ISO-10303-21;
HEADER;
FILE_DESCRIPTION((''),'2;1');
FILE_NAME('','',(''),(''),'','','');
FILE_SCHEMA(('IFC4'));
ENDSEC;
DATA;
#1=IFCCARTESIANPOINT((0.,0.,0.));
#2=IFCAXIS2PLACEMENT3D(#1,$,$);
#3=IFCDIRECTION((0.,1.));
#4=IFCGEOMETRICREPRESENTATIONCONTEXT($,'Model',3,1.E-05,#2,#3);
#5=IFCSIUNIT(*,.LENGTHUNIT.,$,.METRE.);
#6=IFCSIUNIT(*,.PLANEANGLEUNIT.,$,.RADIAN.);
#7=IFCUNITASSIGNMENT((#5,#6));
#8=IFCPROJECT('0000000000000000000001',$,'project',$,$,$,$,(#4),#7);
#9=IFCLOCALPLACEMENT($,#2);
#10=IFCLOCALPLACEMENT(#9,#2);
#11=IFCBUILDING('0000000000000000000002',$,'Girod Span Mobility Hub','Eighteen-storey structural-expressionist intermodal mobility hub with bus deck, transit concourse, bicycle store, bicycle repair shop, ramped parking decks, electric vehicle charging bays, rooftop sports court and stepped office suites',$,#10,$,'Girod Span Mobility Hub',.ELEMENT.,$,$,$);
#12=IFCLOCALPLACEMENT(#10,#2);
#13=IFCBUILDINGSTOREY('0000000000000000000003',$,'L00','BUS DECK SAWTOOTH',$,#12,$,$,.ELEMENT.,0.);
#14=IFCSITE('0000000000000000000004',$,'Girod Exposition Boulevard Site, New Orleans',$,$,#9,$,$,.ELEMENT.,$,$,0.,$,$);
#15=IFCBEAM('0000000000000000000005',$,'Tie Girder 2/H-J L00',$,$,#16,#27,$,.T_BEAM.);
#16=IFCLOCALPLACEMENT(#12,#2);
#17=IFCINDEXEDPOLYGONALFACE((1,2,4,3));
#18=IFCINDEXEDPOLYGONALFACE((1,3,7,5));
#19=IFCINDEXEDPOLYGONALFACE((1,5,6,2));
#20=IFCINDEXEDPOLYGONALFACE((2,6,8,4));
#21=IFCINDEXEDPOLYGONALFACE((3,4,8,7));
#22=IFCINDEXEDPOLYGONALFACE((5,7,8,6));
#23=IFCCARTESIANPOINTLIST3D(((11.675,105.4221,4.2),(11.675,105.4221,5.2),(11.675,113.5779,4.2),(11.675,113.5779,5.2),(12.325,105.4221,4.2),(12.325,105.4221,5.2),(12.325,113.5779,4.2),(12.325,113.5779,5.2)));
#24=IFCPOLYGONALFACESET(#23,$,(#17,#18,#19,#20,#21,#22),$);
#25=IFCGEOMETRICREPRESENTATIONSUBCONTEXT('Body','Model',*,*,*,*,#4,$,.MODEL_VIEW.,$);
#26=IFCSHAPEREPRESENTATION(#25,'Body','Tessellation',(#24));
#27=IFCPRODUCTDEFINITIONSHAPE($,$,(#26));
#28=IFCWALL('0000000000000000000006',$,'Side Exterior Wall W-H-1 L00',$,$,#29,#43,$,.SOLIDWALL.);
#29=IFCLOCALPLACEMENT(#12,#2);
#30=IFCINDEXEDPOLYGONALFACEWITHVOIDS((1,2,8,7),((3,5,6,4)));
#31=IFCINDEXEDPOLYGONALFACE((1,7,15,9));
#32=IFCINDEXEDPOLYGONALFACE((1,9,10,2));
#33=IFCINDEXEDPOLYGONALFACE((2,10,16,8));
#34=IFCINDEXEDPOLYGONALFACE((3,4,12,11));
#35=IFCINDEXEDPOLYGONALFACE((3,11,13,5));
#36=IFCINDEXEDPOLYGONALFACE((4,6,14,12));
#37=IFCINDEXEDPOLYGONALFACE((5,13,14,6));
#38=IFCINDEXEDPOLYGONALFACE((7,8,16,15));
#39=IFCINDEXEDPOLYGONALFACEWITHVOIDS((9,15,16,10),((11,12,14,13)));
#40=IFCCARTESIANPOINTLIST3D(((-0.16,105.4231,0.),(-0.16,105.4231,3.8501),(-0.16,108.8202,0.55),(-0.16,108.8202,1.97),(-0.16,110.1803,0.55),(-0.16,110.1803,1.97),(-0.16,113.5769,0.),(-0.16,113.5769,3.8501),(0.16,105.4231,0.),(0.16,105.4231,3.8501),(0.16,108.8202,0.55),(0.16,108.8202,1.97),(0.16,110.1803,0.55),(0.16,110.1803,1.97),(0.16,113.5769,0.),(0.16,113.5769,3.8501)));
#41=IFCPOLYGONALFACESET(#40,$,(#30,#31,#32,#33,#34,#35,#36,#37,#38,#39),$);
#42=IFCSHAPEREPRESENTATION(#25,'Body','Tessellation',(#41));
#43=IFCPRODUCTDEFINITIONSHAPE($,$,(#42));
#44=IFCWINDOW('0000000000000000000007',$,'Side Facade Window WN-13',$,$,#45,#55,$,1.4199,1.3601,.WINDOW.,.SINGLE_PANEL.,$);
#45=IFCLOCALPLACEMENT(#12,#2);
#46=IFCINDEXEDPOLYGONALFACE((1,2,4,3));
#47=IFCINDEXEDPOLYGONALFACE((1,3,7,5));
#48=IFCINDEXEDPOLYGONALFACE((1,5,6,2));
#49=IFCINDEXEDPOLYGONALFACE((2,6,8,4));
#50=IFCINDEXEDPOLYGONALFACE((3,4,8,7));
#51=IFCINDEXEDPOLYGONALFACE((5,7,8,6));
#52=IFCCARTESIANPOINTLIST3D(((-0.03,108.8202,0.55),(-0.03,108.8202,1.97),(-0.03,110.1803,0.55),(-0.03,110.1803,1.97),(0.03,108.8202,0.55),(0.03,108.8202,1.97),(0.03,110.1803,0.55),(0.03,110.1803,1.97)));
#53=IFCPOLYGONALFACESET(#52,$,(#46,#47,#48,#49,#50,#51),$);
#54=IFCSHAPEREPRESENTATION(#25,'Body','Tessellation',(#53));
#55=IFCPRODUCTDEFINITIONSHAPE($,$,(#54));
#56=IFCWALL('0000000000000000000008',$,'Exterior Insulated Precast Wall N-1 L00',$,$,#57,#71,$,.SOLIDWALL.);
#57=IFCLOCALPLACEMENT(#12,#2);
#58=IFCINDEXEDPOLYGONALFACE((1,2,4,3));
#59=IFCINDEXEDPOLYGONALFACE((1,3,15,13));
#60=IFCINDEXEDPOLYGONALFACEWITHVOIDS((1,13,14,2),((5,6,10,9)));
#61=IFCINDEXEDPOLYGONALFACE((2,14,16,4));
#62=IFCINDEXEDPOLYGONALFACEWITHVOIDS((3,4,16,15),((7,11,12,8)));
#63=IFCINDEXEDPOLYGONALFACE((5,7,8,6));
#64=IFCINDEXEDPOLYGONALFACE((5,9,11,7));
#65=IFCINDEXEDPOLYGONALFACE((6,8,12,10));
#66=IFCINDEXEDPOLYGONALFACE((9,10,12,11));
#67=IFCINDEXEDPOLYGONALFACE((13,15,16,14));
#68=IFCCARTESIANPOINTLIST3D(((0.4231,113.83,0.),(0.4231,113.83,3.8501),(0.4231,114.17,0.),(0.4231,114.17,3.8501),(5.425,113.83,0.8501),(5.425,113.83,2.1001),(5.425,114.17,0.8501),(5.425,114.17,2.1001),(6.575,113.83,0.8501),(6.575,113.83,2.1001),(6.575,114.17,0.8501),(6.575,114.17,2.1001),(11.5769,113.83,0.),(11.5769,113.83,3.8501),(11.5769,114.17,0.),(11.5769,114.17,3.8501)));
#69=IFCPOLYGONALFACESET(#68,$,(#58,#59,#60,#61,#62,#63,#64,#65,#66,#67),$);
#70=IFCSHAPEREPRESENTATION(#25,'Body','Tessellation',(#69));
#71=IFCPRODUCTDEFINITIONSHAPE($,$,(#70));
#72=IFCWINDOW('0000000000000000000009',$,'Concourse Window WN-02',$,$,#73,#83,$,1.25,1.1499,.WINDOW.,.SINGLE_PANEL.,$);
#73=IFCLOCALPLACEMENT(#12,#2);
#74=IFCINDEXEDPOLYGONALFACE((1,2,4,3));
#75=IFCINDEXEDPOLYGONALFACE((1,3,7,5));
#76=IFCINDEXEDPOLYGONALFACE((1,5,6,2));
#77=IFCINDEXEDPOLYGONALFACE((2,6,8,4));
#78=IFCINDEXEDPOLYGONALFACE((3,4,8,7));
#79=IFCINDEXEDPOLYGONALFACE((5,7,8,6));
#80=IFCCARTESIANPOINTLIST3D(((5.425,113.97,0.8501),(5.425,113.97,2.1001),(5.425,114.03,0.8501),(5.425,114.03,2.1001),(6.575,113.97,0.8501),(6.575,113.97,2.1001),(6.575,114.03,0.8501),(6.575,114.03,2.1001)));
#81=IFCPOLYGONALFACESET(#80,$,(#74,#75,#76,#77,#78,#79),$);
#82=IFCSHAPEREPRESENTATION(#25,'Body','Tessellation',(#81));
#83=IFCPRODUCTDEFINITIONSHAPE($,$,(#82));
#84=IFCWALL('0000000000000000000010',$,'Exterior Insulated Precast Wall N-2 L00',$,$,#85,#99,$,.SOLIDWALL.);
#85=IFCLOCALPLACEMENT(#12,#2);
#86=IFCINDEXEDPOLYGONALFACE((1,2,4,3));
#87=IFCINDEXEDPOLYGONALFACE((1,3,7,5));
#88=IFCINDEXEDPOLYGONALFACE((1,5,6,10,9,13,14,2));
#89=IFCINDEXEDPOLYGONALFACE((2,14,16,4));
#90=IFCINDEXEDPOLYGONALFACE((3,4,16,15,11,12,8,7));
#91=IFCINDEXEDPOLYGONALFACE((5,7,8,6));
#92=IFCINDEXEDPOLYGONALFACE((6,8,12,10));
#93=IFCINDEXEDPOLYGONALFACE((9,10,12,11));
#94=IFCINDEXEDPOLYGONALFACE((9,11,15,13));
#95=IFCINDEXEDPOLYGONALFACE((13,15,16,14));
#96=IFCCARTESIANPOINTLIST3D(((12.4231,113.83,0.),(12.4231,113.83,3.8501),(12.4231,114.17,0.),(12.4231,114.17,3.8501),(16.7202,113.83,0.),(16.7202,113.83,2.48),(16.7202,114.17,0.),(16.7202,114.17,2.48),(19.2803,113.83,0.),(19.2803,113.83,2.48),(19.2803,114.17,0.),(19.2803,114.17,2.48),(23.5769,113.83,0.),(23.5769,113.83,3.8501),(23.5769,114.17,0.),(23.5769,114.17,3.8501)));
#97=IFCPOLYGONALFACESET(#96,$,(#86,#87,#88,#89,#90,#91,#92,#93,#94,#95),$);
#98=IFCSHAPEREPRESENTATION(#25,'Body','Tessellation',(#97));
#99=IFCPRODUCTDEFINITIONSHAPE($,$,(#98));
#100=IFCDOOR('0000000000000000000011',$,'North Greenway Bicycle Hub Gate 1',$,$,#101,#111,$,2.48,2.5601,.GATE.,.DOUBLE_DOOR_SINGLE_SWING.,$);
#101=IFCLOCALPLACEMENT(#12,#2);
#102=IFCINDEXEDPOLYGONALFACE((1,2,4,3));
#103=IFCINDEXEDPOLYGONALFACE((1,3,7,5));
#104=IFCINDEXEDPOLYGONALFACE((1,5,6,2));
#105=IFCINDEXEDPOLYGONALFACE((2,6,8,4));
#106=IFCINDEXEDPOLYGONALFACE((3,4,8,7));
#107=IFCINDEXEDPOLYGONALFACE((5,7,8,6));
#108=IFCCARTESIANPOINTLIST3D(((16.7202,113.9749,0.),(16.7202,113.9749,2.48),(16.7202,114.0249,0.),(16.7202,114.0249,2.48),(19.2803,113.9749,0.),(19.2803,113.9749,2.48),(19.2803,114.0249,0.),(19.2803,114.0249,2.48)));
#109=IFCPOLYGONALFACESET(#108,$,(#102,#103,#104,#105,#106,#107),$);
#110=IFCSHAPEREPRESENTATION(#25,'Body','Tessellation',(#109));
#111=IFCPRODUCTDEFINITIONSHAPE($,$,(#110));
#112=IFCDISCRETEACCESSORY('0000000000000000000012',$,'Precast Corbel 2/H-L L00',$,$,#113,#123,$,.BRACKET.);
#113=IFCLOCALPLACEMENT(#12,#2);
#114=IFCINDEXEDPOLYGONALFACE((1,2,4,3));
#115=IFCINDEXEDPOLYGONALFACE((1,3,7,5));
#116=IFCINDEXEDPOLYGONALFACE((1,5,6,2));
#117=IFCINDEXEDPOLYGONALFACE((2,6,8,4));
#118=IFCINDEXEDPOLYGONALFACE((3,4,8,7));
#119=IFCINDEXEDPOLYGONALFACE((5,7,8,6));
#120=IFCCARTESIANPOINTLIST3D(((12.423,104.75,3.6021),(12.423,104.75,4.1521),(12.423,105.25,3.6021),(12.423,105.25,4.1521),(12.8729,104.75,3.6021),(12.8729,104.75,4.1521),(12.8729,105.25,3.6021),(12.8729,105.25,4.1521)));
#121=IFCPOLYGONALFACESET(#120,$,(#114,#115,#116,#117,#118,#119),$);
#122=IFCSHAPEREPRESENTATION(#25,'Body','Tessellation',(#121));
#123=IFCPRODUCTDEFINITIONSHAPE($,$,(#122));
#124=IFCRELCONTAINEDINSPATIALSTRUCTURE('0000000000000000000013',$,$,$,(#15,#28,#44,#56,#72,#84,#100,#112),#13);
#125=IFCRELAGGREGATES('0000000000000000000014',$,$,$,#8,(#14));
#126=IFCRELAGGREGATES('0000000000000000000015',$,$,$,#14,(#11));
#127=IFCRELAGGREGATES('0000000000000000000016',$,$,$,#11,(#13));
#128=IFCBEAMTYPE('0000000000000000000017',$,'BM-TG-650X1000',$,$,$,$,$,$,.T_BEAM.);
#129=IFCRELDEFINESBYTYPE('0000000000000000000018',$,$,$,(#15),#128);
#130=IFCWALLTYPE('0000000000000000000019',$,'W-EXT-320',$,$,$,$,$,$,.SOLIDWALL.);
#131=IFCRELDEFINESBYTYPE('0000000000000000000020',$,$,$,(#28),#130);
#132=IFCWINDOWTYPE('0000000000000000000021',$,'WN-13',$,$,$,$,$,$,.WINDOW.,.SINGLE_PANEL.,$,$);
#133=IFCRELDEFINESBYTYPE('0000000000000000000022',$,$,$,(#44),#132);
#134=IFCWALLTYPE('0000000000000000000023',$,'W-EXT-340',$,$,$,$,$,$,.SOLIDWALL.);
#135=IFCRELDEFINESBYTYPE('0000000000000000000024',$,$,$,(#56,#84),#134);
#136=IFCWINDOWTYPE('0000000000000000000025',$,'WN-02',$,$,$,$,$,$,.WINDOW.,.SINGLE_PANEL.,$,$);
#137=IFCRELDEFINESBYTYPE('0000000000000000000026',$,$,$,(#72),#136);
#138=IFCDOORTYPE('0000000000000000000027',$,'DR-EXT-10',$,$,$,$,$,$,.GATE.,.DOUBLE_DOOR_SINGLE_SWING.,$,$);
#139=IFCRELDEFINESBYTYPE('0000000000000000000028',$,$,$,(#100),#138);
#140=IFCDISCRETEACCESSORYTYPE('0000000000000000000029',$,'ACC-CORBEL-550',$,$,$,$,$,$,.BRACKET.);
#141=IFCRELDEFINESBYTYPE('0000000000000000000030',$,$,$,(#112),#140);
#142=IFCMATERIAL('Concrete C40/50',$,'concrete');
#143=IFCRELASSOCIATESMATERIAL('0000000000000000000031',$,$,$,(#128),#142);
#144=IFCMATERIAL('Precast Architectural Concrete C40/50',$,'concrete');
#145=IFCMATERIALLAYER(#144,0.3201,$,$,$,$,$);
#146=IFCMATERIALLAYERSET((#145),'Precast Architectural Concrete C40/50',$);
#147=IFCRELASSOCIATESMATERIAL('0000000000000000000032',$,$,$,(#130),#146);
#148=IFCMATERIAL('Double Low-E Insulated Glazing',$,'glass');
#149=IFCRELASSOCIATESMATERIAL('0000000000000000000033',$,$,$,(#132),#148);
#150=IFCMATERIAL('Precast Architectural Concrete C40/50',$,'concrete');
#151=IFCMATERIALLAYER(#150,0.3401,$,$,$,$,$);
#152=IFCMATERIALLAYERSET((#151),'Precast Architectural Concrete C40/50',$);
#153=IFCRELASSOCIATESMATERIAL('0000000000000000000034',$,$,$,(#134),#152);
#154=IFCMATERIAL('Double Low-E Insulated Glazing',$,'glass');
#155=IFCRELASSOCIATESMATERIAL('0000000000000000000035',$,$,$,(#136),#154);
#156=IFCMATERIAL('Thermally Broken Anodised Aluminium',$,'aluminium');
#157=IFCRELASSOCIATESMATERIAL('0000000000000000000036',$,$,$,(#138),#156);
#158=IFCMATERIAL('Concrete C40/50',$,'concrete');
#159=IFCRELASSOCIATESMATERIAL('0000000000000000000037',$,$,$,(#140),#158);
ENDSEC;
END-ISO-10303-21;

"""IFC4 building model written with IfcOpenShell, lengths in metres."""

from ifc_helpers import new_model, si_unit, direction, frame, frame_2d, origin, origin_2d, place, context, subcontext, project, spatial, rectangle, extrude, material, layer, layer_set, material_profile, profile_set, type_object, element, fill, save


model = new_model("IFC4")

# Units and contexts
model_context = context("Model", 3, precision=1e-05, world=origin(), true_north=direction((0.0, 1.0)))
body_context = subcontext(model_context, "Body", "Model", "MODEL_VIEW")
ifc_project = project(units=[si_unit("LENGTHUNIT", "METRE"), si_unit("PLANEANGLEUNIT", "RADIAN")], contexts=[model_context])

# Site, building, storey
site_placement = place(None, origin())
site = spatial("IfcSite", under=ifc_project, at=site_placement, Name="Girod Exposition Boulevard Site, New Orleans", CompositionType="ELEMENT", RefElevation=0.0)
building_placement = place(site_placement, origin())
building = spatial("IfcBuilding", under=site, at=building_placement, Name="Girod Span Mobility Hub", Description="Eighteen-storey structural-expressionist intermodal mobility hub with bus deck, transit concourse, bicycle store, bicycle repair shop, ramped parking decks, electric vehicle charging bays, rooftop sports court and stepped office suites", LongName="Girod Span Mobility Hub", CompositionType="ELEMENT")
storey_placement = place(building_placement, origin())
storey = spatial("IfcBuildingStorey", under=building, at=storey_placement, Name="L00", Description="BUS DECK SAWTOOTH", CompositionType="ELEMENT", Elevation=0.0)

# Beam
ifc_material_1 = material(Name="Concrete C40/50", Category="concrete")
ifc_material_profile_1 = material_profile(ifc_material_1, rectangle(XDim=0.6499, YDim=1.0, at=origin_2d()), Name="TG-650X1000")
ifc_profile_set_1 = profile_set([ifc_material_profile_1], Name="Concrete C40/50")
beam_type_1 = type_object("IfcBeamType", Name="BM-TG-650X1000", PredefinedType="T_BEAM", material=ifc_profile_set_1)
beam_1_placement = place(storey_placement, frame((12.0, 105.4221, 4.7), z_axis=(0.0, 1.0, 0.0), x_axis=(-1.0, 0.0, 0.0)))
element("IfcBeam", 1, at=beam_1_placement, inside=storey, type_object=beam_type_1, Name="Tie Girder 2/H-J L00", PredefinedType="T_BEAM", context=body_context, shape_type="SweptSolid", body=[
    extrude(rectangle(XDim=0.6499, YDim=1.0, at=origin_2d()), origin(), (0.0, 0.0, 1.0), 8.1558),
])

# Walls, openings, windows
ifc_material_2 = material(Name="Precast Architectural Concrete C40/50", Category="concrete")
ifc_layer_1 = layer(ifc_material_2, 0.3201)
ifc_layer_set_1 = layer_set([ifc_layer_1], Name="Precast Architectural Concrete C40/50")
wall_type_1 = type_object("IfcWallType", Name="W-EXT-320", PredefinedType="SOLIDWALL", material=ifc_layer_set_1)
wall_1_placement = place(storey_placement, frame((0.0, 105.4231, 0.0), z_axis=(0.0, 0.0, 1.0), x_axis=(0.0, 1.0, 0.0)))
wall_1 = element("IfcWall", 2, at=wall_1_placement, inside=storey, type_object=wall_type_1, Name="Side Exterior Wall W-H-1 L00", PredefinedType="SOLIDWALL", context=body_context, shape_type="SweptSolid", body=[
    extrude(rectangle(XDim=8.1538, YDim=0.3201, at=frame_2d((4.0769, 0.0))), origin(), (0.0, 0.0, 1.0), 3.8501),
])
opening_1_placement = place(wall_1_placement, frame((3.397, 0.0, 0.55)))
opening_1 = element("IfcOpeningElement", 3, at=opening_1_placement, cuts=wall_1, PredefinedType="OPENING", context=body_context, shape_type="SweptSolid", body=[
    extrude(rectangle(XDim=1.3601, YDim=1.4199, at=frame_2d((0.6802, 0.71))), frame((0.0, 0.175, 0.0), z_axis=(0.0, -1.0, 0.0), x_axis=(1.0, 0.0, 0.0)), (0.0, 0.0, 1.0), 0.3501),
])
ifc_material_3 = material(Name="Double Low-E Insulated Glazing", Category="glass")
window_type_1 = type_object("IfcWindowType", Name="WN-13", PartitioningType="SINGLE_PANEL", PredefinedType="WINDOW", material=ifc_material_3)
window_1_placement = place(opening_1_placement, origin())
window_1 = element("IfcWindow", 4, at=window_1_placement, inside=storey, type_object=window_type_1, Name="Side Facade Window WN-13", OverallHeight=1.4199, OverallWidth=1.3601, PartitioningType="SINGLE_PANEL", PredefinedType="WINDOW", context=body_context, shape_type="SweptSolid", body=[
    extrude(rectangle(XDim=1.3601, YDim=1.4199, at=frame_2d((0.6802, 0.71))), frame((0.0, 0.03, 0.0), z_axis=(0.0, -1.0, 0.0), x_axis=(1.0, 0.0, 0.0)), (0.0, 0.0, 1.0), 0.0601),
])
fill(opening_1, window_1)
ifc_material_4 = material(Name="Precast Architectural Concrete C40/50", Category="concrete")
ifc_layer_2 = layer(ifc_material_4, 0.3401)
ifc_layer_set_2 = layer_set([ifc_layer_2], Name="Precast Architectural Concrete C40/50")
wall_type_2 = type_object("IfcWallType", Name="W-EXT-340", PredefinedType="SOLIDWALL", material=ifc_layer_set_2)
wall_2_placement = place(storey_placement, frame((0.4231, 114.0, 0.0), z_axis=(0.0, 0.0, 1.0), x_axis=(1.0, 0.0, 0.0)))
wall_2 = element("IfcWall", 5, at=wall_2_placement, inside=storey, type_object=wall_type_2, Name="Exterior Insulated Precast Wall N-1 L00", PredefinedType="SOLIDWALL", context=body_context, shape_type="SweptSolid", body=[
    extrude(rectangle(XDim=11.1538, YDim=0.3401, at=frame_2d((5.5769, 0.0))), origin(), (0.0, 0.0, 1.0), 3.8501),
])
opening_2_placement = place(wall_2_placement, frame((5.002, 0.0, 0.8501)))
opening_2 = element("IfcOpeningElement", 6, at=opening_2_placement, cuts=wall_2, PredefinedType="OPENING", context=body_context, shape_type="SweptSolid", body=[
    extrude(rectangle(XDim=1.1499, YDim=1.25, at=frame_2d((0.575, 0.625))), frame((0.0, 0.1851, 0.0), z_axis=(0.0, -1.0, 0.0), x_axis=(1.0, 0.0, 0.0)), (0.0, 0.0, 1.0), 0.3701),
])
ifc_material_5 = material(Name="Double Low-E Insulated Glazing", Category="glass")
window_type_2 = type_object("IfcWindowType", Name="WN-02", PartitioningType="SINGLE_PANEL", PredefinedType="WINDOW", material=ifc_material_5)
window_2_placement = place(opening_2_placement, origin())
window_2 = element("IfcWindow", 7, at=window_2_placement, inside=storey, type_object=window_type_2, Name="Concourse Window WN-02", OverallHeight=1.25, OverallWidth=1.1499, PartitioningType="SINGLE_PANEL", PredefinedType="WINDOW", context=body_context, shape_type="SweptSolid", body=[
    extrude(rectangle(XDim=1.1499, YDim=1.25, at=frame_2d((0.575, 0.625))), frame((0.0, 0.03, 0.0), z_axis=(0.0, -1.0, 0.0), x_axis=(1.0, 0.0, 0.0)), (0.0, 0.0, 1.0), 0.0601),
])
fill(opening_2, window_2)

# Wall, opening, door
wall_3_placement = place(storey_placement, frame((12.4231, 114.0, 0.0), z_axis=(0.0, 0.0, 1.0), x_axis=(1.0, 0.0, 0.0)))
wall_3 = element("IfcWall", 8, at=wall_3_placement, inside=storey, type_object=wall_type_2, Name="Exterior Insulated Precast Wall N-2 L00", PredefinedType="SOLIDWALL", context=body_context, shape_type="SweptSolid", body=[
    extrude(rectangle(XDim=11.1538, YDim=0.3401, at=frame_2d((5.5769, 0.0))), origin(), (0.0, 0.0, 1.0), 3.8501),
])
opening_3_placement = place(wall_3_placement, frame((4.2971, 0.0, 0.0)))
opening_3 = element("IfcOpeningElement", 9, at=opening_3_placement, cuts=wall_3, PredefinedType="OPENING", context=body_context, shape_type="SweptSolid", body=[
    extrude(rectangle(XDim=2.5601, YDim=2.48, at=frame_2d((1.28, 1.24))), frame((0.0, 0.1851, 0.0), z_axis=(0.0, -1.0, 0.0), x_axis=(1.0, 0.0, 0.0)), (0.0, 0.0, 1.0), 0.3701),
])
ifc_material_6 = material(Name="Thermally Broken Anodised Aluminium", Category="aluminium")
door_type = type_object("IfcDoorType", Name="DR-EXT-10", OperationType="DOUBLE_DOOR_SINGLE_SWING", PredefinedType="GATE", material=ifc_material_6)
door_placement = place(opening_3_placement, origin())
door = element("IfcDoor", 10, at=door_placement, inside=storey, type_object=door_type, Name="North Greenway Bicycle Hub Gate 1", OperationType="DOUBLE_DOOR_SINGLE_SWING", OverallHeight=2.48, OverallWidth=2.5601, PredefinedType="GATE", context=body_context, shape_type="SweptSolid", body=[
    extrude(rectangle(XDim=2.5601, YDim=2.48, at=frame_2d((1.28, 1.24))), frame((0.0, 0.0249, 0.0), z_axis=(0.0, -1.0, 0.0), x_axis=(1.0, 0.0, 0.0)), (0.0, 0.0, 1.0), 0.05),
])
fill(opening_3, door)

# Discrete accessory
ifc_material_7 = material(Name="Concrete C40/50", Category="concrete")
discrete_accessory_type = type_object("IfcDiscreteAccessoryType", Name="ACC-CORBEL-550", PredefinedType="BRACKET", material=ifc_material_7)
discrete_accessory_placement = place(storey_placement, frame((12.6479, 105.0, 3.6021), z_axis=(0.0, 0.0, 1.0), x_axis=(1.0, 0.0, 0.0)))
element("IfcDiscreteAccessory", 11, at=discrete_accessory_placement, inside=storey, type_object=discrete_accessory_type, Name="Precast Corbel 2/H-L L00", PredefinedType="BRACKET", context=body_context, shape_type="SweptSolid", body=[
    extrude(rectangle(XDim=0.45, YDim=0.5, at=origin_2d()), origin(), (0.0, 0.0, 1.0), 0.55),
])

save(model, "model.ifc")
